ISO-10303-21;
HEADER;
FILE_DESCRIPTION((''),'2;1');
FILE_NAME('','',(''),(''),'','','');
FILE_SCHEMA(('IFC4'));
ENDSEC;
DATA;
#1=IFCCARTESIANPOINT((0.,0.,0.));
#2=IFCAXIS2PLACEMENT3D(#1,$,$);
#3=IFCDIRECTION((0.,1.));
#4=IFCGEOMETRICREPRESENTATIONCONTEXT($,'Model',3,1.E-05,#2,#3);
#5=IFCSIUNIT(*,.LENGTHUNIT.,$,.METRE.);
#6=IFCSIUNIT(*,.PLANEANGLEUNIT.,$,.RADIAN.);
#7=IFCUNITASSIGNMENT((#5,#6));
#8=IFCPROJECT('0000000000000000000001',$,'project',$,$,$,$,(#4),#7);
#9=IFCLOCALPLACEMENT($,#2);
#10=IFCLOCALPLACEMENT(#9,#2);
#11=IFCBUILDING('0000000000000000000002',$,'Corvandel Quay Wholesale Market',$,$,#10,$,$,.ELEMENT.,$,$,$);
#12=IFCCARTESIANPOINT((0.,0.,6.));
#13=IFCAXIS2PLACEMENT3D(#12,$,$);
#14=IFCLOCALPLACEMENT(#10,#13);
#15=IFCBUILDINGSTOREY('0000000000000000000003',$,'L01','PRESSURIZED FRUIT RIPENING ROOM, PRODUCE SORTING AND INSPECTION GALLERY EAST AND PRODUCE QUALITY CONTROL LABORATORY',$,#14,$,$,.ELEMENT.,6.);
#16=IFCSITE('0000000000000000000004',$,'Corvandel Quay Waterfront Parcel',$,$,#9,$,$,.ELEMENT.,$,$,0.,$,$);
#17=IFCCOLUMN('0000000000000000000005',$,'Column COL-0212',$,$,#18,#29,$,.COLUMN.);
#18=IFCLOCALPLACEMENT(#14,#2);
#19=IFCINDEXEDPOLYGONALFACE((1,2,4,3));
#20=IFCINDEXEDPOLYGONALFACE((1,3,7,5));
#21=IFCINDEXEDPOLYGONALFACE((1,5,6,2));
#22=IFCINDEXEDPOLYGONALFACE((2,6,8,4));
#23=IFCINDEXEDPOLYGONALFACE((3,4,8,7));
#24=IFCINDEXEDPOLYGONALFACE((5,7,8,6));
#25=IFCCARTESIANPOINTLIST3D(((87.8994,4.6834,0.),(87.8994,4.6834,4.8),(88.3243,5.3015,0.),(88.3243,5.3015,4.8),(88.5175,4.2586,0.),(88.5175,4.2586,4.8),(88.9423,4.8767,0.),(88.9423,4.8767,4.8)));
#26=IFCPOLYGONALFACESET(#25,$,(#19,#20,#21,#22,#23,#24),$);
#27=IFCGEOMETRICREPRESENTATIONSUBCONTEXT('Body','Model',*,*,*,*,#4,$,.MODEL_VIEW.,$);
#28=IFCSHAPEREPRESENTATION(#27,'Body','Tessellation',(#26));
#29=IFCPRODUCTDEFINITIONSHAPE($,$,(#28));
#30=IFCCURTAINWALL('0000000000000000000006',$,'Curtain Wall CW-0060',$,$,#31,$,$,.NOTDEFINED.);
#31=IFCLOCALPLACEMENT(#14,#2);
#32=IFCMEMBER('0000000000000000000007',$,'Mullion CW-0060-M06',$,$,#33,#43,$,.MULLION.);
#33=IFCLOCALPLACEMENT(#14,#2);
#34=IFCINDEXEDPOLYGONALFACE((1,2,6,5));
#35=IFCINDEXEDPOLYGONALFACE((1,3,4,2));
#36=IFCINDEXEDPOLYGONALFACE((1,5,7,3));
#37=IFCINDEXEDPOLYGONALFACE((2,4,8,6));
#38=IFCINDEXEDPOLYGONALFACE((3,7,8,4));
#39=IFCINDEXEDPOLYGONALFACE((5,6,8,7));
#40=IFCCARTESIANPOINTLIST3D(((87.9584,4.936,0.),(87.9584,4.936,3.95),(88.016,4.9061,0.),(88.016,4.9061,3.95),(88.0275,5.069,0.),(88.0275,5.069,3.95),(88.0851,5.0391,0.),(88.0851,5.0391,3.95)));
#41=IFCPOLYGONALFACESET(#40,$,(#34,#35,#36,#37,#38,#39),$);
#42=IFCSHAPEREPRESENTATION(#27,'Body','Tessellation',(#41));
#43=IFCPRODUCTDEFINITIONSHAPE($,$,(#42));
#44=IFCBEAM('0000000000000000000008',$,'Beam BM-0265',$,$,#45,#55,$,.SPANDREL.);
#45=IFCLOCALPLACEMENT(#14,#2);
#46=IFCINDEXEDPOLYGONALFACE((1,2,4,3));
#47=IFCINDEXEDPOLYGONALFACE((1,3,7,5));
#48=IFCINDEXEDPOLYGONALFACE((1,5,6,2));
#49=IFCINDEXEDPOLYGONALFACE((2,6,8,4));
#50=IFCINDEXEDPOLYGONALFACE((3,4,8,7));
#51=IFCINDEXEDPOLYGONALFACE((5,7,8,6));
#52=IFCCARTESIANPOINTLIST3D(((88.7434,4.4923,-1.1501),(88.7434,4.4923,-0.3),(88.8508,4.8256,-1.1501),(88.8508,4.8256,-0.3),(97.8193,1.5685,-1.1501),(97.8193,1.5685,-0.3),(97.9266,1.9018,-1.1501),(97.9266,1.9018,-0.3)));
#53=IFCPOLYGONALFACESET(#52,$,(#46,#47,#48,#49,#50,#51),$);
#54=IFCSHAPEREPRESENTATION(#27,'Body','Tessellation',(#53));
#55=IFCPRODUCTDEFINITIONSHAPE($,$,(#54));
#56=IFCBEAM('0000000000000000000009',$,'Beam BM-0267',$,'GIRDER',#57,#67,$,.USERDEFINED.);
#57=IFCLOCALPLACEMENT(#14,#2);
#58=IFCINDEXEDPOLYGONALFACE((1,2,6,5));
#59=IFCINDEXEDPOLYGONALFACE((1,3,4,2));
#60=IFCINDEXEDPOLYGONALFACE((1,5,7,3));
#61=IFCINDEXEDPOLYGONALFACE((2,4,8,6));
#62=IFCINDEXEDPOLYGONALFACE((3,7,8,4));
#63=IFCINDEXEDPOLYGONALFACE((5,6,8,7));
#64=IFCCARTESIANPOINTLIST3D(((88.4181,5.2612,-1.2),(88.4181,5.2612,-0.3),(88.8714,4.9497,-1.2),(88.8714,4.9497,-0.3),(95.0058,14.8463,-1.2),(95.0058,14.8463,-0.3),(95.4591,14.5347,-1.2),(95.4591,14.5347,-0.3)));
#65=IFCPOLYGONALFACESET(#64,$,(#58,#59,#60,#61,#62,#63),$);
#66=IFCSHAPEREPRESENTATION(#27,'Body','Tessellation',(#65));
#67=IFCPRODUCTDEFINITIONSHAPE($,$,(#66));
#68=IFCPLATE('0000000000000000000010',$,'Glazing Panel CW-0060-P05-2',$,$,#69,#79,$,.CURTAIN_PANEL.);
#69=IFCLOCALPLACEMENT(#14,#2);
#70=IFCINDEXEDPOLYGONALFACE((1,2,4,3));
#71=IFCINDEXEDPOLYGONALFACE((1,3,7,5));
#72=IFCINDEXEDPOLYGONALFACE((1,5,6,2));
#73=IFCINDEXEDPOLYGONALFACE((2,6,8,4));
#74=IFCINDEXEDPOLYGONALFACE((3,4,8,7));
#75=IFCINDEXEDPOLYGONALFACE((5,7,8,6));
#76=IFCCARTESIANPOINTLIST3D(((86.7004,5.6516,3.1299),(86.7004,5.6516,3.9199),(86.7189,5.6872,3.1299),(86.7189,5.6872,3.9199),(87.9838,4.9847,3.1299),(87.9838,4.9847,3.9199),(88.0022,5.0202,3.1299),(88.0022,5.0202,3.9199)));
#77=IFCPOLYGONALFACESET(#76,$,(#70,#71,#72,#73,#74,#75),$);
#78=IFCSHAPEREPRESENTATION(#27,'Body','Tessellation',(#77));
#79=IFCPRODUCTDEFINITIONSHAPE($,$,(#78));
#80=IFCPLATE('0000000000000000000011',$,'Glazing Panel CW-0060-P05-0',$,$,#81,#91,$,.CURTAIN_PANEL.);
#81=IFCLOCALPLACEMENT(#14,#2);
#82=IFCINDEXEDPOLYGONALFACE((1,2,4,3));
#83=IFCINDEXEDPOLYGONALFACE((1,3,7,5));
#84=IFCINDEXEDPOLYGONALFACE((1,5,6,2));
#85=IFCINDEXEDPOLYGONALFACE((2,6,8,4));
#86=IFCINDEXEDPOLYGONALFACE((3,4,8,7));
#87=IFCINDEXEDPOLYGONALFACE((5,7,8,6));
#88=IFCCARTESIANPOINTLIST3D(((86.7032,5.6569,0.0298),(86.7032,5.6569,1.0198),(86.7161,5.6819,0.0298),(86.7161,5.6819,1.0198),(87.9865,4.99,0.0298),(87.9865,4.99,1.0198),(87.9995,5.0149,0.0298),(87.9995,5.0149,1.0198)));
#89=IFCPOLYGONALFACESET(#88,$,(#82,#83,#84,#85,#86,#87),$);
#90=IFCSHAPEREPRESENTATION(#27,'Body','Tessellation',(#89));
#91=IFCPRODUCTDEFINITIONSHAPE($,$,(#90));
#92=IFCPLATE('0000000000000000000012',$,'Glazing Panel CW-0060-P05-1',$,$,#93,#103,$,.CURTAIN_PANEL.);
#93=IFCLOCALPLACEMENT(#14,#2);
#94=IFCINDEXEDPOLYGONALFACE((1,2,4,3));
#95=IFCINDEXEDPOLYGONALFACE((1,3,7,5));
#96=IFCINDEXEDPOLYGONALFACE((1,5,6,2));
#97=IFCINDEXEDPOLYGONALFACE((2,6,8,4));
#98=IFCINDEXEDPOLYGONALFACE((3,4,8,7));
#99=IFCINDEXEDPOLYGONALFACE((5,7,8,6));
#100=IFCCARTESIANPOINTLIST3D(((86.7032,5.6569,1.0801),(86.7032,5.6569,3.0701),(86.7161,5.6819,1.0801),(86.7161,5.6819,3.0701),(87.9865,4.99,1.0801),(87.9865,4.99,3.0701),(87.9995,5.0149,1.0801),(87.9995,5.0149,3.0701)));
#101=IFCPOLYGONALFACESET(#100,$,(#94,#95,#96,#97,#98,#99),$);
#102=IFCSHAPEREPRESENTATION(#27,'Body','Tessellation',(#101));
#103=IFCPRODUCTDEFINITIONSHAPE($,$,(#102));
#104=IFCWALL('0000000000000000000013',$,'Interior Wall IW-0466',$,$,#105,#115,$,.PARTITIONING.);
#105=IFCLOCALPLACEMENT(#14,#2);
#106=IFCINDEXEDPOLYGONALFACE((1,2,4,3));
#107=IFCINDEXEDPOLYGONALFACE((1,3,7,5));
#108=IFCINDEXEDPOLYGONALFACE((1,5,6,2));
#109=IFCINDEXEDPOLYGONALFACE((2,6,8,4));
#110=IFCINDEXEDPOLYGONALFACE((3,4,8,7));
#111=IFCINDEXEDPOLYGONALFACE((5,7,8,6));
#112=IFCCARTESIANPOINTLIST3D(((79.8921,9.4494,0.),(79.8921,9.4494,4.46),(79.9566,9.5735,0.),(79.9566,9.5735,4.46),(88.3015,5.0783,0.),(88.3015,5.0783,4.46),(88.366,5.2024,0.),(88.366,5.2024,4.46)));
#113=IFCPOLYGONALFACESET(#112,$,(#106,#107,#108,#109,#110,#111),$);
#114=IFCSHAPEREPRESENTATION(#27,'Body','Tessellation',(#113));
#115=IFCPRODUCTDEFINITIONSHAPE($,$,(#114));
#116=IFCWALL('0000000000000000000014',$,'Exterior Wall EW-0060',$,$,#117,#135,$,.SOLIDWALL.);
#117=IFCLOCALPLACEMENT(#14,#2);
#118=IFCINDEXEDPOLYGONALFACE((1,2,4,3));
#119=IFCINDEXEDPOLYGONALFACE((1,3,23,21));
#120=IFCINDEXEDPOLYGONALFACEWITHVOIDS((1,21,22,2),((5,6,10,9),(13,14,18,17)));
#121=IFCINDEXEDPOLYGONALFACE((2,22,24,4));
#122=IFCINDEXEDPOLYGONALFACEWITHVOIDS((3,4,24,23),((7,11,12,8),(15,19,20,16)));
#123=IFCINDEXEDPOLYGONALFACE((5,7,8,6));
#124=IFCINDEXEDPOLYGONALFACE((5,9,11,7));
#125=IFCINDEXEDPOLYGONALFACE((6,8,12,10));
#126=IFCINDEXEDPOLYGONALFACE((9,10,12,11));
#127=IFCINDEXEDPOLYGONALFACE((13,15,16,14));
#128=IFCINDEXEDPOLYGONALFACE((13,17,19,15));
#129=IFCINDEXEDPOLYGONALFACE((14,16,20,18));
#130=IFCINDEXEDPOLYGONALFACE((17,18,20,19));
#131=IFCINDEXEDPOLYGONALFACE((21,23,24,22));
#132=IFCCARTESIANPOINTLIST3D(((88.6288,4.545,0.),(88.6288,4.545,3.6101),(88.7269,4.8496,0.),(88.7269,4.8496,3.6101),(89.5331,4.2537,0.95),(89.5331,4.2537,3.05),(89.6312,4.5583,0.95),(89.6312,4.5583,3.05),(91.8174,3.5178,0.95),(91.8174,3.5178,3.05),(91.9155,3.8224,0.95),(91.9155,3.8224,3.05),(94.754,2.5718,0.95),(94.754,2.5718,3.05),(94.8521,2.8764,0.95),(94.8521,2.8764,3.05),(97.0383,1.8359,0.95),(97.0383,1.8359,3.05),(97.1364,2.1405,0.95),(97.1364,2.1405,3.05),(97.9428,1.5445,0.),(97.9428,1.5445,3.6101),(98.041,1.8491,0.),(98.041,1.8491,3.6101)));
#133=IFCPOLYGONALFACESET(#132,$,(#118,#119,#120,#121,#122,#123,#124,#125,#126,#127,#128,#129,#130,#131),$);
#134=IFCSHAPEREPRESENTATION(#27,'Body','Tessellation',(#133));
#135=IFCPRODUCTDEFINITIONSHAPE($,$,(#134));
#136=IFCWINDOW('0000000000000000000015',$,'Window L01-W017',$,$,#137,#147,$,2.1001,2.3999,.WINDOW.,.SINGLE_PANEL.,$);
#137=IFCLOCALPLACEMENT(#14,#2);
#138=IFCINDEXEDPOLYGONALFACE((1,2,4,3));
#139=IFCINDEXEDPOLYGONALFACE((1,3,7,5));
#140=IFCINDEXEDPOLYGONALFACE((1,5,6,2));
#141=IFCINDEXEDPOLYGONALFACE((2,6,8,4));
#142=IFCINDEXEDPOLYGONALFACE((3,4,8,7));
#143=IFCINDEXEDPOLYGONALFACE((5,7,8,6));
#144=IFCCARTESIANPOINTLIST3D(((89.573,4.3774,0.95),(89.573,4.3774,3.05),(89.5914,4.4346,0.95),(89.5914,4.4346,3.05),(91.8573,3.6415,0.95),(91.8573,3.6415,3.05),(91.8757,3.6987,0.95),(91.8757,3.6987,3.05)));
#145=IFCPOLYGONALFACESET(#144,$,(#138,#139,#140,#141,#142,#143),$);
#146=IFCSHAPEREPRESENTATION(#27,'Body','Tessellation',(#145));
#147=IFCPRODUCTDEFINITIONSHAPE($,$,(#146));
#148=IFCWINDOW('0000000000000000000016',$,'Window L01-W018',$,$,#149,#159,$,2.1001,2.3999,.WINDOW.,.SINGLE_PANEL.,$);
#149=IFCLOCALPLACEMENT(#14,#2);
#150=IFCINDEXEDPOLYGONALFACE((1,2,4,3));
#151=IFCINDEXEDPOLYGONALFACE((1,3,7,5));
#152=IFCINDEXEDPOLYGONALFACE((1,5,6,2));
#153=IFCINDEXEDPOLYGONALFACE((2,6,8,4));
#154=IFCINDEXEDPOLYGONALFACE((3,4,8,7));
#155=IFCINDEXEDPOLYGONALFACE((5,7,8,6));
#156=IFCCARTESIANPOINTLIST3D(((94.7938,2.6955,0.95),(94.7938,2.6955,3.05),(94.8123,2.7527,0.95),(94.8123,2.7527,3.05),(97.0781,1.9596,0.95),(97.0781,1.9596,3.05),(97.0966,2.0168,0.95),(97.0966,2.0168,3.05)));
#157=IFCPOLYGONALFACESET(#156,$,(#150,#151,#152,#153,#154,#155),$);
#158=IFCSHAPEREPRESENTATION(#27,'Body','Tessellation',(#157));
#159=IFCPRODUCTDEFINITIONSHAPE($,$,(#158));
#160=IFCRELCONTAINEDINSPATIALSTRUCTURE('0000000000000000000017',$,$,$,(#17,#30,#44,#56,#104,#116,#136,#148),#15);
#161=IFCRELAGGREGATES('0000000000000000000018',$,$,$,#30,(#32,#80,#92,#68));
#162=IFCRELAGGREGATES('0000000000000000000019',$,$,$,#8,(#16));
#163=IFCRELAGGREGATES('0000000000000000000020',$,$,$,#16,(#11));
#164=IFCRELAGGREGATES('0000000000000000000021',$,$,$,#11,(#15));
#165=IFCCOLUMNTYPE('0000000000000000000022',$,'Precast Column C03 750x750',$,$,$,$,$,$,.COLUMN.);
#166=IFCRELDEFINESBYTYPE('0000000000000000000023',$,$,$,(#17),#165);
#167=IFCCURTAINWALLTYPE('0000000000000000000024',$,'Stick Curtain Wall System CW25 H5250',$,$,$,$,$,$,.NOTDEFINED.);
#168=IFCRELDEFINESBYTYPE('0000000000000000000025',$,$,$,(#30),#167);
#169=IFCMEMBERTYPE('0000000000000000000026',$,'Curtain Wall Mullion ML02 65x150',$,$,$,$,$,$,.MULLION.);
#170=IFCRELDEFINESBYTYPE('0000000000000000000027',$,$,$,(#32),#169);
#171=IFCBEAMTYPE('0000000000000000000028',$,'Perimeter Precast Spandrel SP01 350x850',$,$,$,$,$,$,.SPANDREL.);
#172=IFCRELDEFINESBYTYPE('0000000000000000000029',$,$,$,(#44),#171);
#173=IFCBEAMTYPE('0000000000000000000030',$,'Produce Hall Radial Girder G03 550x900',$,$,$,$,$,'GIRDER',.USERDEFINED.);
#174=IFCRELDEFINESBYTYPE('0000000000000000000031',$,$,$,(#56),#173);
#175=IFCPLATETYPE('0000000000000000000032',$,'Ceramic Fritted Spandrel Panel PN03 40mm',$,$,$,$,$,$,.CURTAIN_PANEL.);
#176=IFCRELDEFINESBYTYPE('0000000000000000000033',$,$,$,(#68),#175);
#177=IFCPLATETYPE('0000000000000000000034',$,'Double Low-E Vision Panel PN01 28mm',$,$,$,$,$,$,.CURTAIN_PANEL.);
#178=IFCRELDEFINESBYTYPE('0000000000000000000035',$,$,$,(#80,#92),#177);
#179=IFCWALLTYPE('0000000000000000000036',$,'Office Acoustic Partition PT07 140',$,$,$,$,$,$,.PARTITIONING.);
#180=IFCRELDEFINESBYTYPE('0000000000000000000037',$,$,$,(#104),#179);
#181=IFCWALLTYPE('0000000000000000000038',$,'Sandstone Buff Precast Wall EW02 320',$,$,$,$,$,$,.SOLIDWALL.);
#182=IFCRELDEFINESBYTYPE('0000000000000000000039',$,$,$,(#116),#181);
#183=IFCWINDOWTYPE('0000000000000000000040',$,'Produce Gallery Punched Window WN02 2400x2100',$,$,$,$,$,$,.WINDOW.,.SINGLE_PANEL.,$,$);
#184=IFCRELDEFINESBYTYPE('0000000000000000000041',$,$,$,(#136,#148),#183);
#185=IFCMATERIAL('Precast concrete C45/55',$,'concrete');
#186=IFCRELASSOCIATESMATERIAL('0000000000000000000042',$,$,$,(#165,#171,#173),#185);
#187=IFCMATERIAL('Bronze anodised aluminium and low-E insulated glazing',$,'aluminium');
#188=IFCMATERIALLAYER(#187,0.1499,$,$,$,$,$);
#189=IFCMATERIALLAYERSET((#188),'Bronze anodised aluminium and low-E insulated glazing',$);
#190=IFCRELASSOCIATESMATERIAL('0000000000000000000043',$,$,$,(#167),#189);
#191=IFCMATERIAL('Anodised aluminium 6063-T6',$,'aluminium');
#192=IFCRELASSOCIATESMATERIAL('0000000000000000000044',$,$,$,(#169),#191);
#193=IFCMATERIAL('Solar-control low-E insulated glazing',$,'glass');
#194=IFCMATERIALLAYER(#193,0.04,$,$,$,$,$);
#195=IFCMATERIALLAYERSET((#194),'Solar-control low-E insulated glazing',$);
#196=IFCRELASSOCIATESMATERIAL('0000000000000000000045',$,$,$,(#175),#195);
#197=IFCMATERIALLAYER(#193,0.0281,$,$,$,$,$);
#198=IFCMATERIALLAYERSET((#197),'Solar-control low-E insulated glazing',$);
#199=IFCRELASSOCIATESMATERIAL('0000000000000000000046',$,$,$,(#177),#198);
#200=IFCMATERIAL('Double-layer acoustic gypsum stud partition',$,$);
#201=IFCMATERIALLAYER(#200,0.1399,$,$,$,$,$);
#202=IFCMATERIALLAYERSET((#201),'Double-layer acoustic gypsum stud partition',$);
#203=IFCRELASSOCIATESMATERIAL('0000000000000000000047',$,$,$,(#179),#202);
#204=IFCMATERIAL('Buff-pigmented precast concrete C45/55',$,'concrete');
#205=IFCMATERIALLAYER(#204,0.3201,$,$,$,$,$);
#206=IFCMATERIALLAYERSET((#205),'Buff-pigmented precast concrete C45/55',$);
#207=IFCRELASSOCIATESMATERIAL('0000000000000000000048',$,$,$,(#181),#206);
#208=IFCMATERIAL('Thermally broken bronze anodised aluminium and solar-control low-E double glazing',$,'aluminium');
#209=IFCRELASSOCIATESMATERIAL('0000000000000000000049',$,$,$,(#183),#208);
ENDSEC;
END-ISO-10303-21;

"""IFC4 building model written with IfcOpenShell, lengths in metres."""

from ifc_helpers import new_model, si_unit, direction, frame, frame_2d, origin, origin_2d, place, context, subcontext, project, spatial, rectangle, extrude, material, layer, layer_set, material_profile, profile_set, type_object, element, fill, aggregate, save


model = new_model("IFC4")

# Units and contexts
model_context = context("Model", 3, precision=1e-05, world=origin(), true_north=direction((0.0, 1.0)))
body_context = subcontext(model_context, "Body", "Model", "MODEL_VIEW")
ifc_project = project(units=[si_unit("LENGTHUNIT", "METRE"), si_unit("PLANEANGLEUNIT", "RADIAN")], contexts=[model_context])

# Site, building, storey
site_placement = place(None, origin())
site = spatial("IfcSite", under=ifc_project, at=site_placement, Name="Corvandel Quay Waterfront Parcel", CompositionType="ELEMENT", RefElevation=0.0)
building_placement = place(site_placement, origin())
building = spatial("IfcBuilding", under=site, at=building_placement, Name="Corvandel Quay Wholesale Market", CompositionType="ELEMENT")
storey_placement = place(building_placement, frame((0.0, 0.0, 6.0)))
storey = spatial("IfcBuildingStorey", under=building, at=storey_placement, Name="L01", Description="PRESSURIZED FRUIT RIPENING ROOM, PRODUCE SORTING AND INSPECTION GALLERY EAST AND PRODUCE QUALITY CONTROL LABORATORY", CompositionType="ELEMENT", Elevation=6.0)

# Column
ifc_material_1 = material(Name="Precast concrete C45/55", Category="concrete")
ifc_material_profile_1 = material_profile(ifc_material_1, rectangle(XDim=0.75, YDim=0.75, at=origin_2d()), Name="PC-COL-750x750")
ifc_profile_set_1 = profile_set([ifc_material_profile_1], Name="Precast concrete C45/55")
column_type = type_object("IfcColumnType", Name="Precast Column C03 750x750", PredefinedType="COLUMN", material=ifc_profile_set_1)
column_placement = place(storey_placement, frame((88.4209, 4.78, 0.0), z_axis=(0.0, 0.0, 1.0), x_axis=(-0.824126, 0.566406, 0.0)))
element("IfcColumn", 1, at=column_placement, inside=storey, type_object=column_type, Name="Column COL-0212", PredefinedType="COLUMN", context=body_context, shape_type="SweptSolid", body=[
    extrude(rectangle(XDim=0.75, YDim=0.75, at=origin_2d()), origin(), (0.0, 0.0, 1.0), 4.8),
])

# Curtain wall, member
ifc_material_2 = material(Name="Bronze anodised aluminium and low-E insulated glazing", Category="aluminium")
ifc_layer_1 = layer(ifc_material_2, 0.1499)
ifc_layer_set_1 = layer_set([ifc_layer_1], Name="Bronze anodised aluminium and low-E insulated glazing")
curtain_wall_type = type_object("IfcCurtainWallType", Name="Stick Curtain Wall System CW25 H5250", PredefinedType="NOTDEFINED", material=ifc_layer_set_1)
curtain_wall_placement = place(storey_placement, origin())
curtain_wall = element("IfcCurtainWall", 2, at=curtain_wall_placement, inside=storey, type_object=curtain_wall_type, Name="Curtain Wall CW-0060", PredefinedType="NOTDEFINED")
ifc_material_3 = material(Name="Anodised aluminium 6063-T6", Category="aluminium")
ifc_material_profile_2 = material_profile(ifc_material_3, rectangle(XDim=0.0649, YDim=0.1499, at=origin_2d()), Name="ALU-MUL-65x150")
ifc_profile_set_2 = profile_set([ifc_material_profile_2], Name="Anodised aluminium 6063-T6")
member_type = type_object("IfcMemberType", Name="Curtain Wall Mullion ML02 65x150", PredefinedType="MULLION", material=ifc_profile_set_2)
member_placement = place(storey_placement, frame((88.0217, 4.9875, 0.0), z_axis=(0.0, 0.0, 1.0), x_axis=(-0.887333, 0.461129, 0.0)))
member = element("IfcMember", 3, at=member_placement, type_object=member_type, Name="Mullion CW-0060-M06", PredefinedType="MULLION", context=body_context, shape_type="SweptSolid", body=[
    extrude(rectangle(XDim=0.0649, YDim=0.1499, at=origin_2d()), origin(), (0.0, 0.0, 1.0), 3.95),
])

# Beams
ifc_material_profile_3 = material_profile(ifc_material_1, rectangle(XDim=0.3501, YDim=0.8501, at=origin_2d()), Name="PC-SPN-350x850")
ifc_profile_set_3 = profile_set([ifc_material_profile_3], Name="Precast concrete C45/55")
beam_type_1 = type_object("IfcBeamType", Name="Perimeter Precast Spandrel SP01 350x850", PredefinedType="SPANDREL", material=ifc_profile_set_3)
beam_1_placement = place(storey_placement, frame((88.7971, 4.6589, -0.7251), z_axis=(0.951828, -0.306633, 0.0), x_axis=(0.306633, 0.951828, 0.0)))
element("IfcBeam", 4, at=beam_1_placement, inside=storey, type_object=beam_type_1, Name="Beam BM-0265", PredefinedType="SPANDREL", context=body_context, shape_type="SweptSolid", body=[
    extrude(rectangle(XDim=0.3501, YDim=0.8501, at=origin_2d()), origin(), (0.0, 0.0, 1.0), 9.5352),
])
ifc_material_profile_4 = material_profile(ifc_material_1, rectangle(XDim=0.55, YDim=0.8999, at=origin_2d()), Name="PC-GIR-550x900")
ifc_profile_set_4 = profile_set([ifc_material_profile_4], Name="Precast concrete C45/55")
beam_type_2 = type_object("IfcBeamType", Name="Produce Hall Radial Girder G03 550x900", ElementType="GIRDER", PredefinedType="USERDEFINED", material=ifc_profile_set_4)
beam_2_placement = place(storey_placement, frame((88.6448, 5.1055, -0.75), z_axis=(0.566411, 0.824123, 0.0), x_axis=(-0.824123, 0.566411, 0.0)))
element("IfcBeam", 5, at=beam_2_placement, inside=storey, type_object=beam_type_2, Name="Beam BM-0267", ObjectType="GIRDER", PredefinedType="USERDEFINED", context=body_context, shape_type="SweptSolid", body=[
    extrude(rectangle(XDim=0.55, YDim=0.8999, at=origin_2d()), origin(), (0.0, 0.0, 1.0), 11.6306),
])

# Plates
ifc_material_4 = material(Name="Solar-control low-E insulated glazing", Category="glass")
ifc_layer_2 = layer(ifc_material_4, 0.04)
ifc_layer_set_2 = layer_set([ifc_layer_2], Name="Solar-control low-E insulated glazing")
plate_type_1 = type_object("IfcPlateType", Name="Ceramic Fritted Spandrel Panel PN03 40mm", PredefinedType="CURTAIN_PANEL", material=ifc_layer_set_2)
plate_1_placement = place(storey_placement, frame((87.3513, 5.3359, 3.1299), z_axis=(0.0, 0.0, 1.0), x_axis=(-0.887333, 0.461129, 0.0)))
plate_1 = element("IfcPlate", 6, at=plate_1_placement, type_object=plate_type_1, Name="Glazing Panel CW-0060-P05-2", PredefinedType="CURTAIN_PANEL", context=body_context, shape_type="SweptSolid", body=[
    extrude(rectangle(XDim=1.4463, YDim=0.04, at=origin_2d()), origin(), (0.0, 0.0, 1.0), 0.79),
])
ifc_layer_3 = layer(ifc_material_4, 0.0281)
ifc_layer_set_3 = layer_set([ifc_layer_3], Name="Solar-control low-E insulated glazing")
plate_type_2 = type_object("IfcPlateType", Name="Double Low-E Vision Panel PN01 28mm", PredefinedType="CURTAIN_PANEL", material=ifc_layer_set_3)
plate_2_placement = place(storey_placement, frame((87.3513, 5.3359, 0.0298), z_axis=(0.0, 0.0, 1.0), x_axis=(-0.887333, 0.461129, 0.0)))
plate_2 = element("IfcPlate", 7, at=plate_2_placement, type_object=plate_type_2, Name="Glazing Panel CW-0060-P05-0", PredefinedType="CURTAIN_PANEL", context=body_context, shape_type="SweptSolid", body=[
    extrude(rectangle(XDim=1.4463, YDim=0.0281, at=origin_2d()), origin(), (0.0, 0.0, 1.0), 0.99),
])
plate_3_placement = place(storey_placement, frame((87.3513, 5.3359, 1.0801), z_axis=(0.0, 0.0, 1.0), x_axis=(-0.887333, 0.461129, 0.0)))
plate_3 = element("IfcPlate", 8, at=plate_3_placement, type_object=plate_type_2, Name="Glazing Panel CW-0060-P05-1", PredefinedType="CURTAIN_PANEL", context=body_context, shape_type="SweptSolid", body=[
    extrude(rectangle(XDim=1.4463, YDim=0.0281, at=origin_2d()), origin(), (0.0, 0.0, 1.0), 1.99),
])
aggregate(curtain_wall, [member, plate_2, plate_3, plate_1])

# Wall
ifc_material_5 = material(Name="Double-layer acoustic gypsum stud partition")
ifc_layer_4 = layer(ifc_material_5, 0.1399)
ifc_layer_set_4 = layer_set([ifc_layer_4], Name="Double-layer acoustic gypsum stud partition")
wall_type_1 = type_object("IfcWallType", Name="Office Acoustic Partition PT07 140", PredefinedType="PARTITIONING", material=ifc_layer_set_4)
wall_1_placement = place(storey_placement, frame((88.3337, 5.1404, 0.0), z_axis=(0.0, 0.0, 1.0), x_axis=(-0.887295, 0.461203, 0.0)))
element("IfcWall", 9, at=wall_1_placement, inside=storey, type_object=wall_type_1, Name="Interior Wall IW-0466", PredefinedType="PARTITIONING", context=body_context, shape_type="SweptSolid", body=[
    extrude(rectangle(XDim=9.4775, YDim=0.1399, at=frame_2d((4.7388, 0.0))), origin(), (0.0, 0.0, 1.0), 4.46),
])

# Wall, openings, windows
ifc_material_6 = material(Name="Buff-pigmented precast concrete C45/55", Category="concrete")
ifc_layer_5 = layer(ifc_material_6, 0.3201)
ifc_layer_set_5 = layer_set([ifc_layer_5], Name="Buff-pigmented precast concrete C45/55")
wall_type_2 = type_object("IfcWallType", Name="Sandstone Buff Precast Wall EW02 320", PredefinedType="SOLIDWALL", material=ifc_layer_set_5)
wall_2_placement = place(storey_placement, frame((88.678, 4.6973, 0.0), z_axis=(0.0, 0.0, 1.0), x_axis=(0.951828, -0.306631, 0.0)))
wall_2 = element("IfcWall", 10, at=wall_2_placement, inside=storey, type_object=wall_type_2, Name="Exterior Wall EW-0060", PredefinedType="SOLIDWALL", context=body_context, shape_type="SweptSolid", body=[
    extrude(rectangle(XDim=9.7854, YDim=0.3201, at=frame_2d((4.8926, 0.0))), origin(), (0.0, 0.0, 1.0), 3.6101),
])
opening_1_placement = place(wall_2_placement, frame((0.95, 0.0, 0.95)))
opening_1 = element("IfcOpeningElement", 11, at=opening_1_placement, cuts=wall_2, PredefinedType="OPENING", context=body_context, shape_type="SweptSolid", body=[
    extrude(rectangle(XDim=2.3999, YDim=2.1001, at=frame_2d((1.2, 1.05))), frame((0.0, 0.1699, 0.0), z_axis=(0.0, -1.0, 0.0), x_axis=(1.0, 0.0, 0.0)), (0.0, 0.0, 1.0), 0.3401),
])
opening_2_placement = place(wall_2_placement, frame((6.4351, 0.0, 0.95)))
opening_2 = element("IfcOpeningElement", 12, at=opening_2_placement, cuts=wall_2, PredefinedType="OPENING", context=body_context, shape_type="SweptSolid", body=[
    extrude(rectangle(XDim=2.3999, YDim=2.1001, at=frame_2d((1.2, 1.05))), frame((0.0, 0.1699, 0.0), z_axis=(0.0, -1.0, 0.0), x_axis=(1.0, 0.0, 0.0)), (0.0, 0.0, 1.0), 0.3401),
])
ifc_material_7 = material(Name="Thermally broken bronze anodised aluminium and solar-control low-E double glazing", Category="aluminium")
window_type = type_object("IfcWindowType", Name="Produce Gallery Punched Window WN02 2400x2100", PartitioningType="SINGLE_PANEL", PredefinedType="WINDOW", material=ifc_material_7)
window_1_placement = place(opening_1_placement, origin())
window_1 = element("IfcWindow", 13, at=window_1_placement, inside=storey, type_object=window_type, Name="Window L01-W017", OverallHeight=2.1001, OverallWidth=2.3999, PartitioningType="SINGLE_PANEL", PredefinedType="WINDOW", context=body_context, shape_type="SweptSolid", body=[
    extrude(rectangle(XDim=2.3999, YDim=2.1001, at=frame_2d((1.2, 1.05))), frame((0.0, 0.03, 0.0), z_axis=(0.0, -1.0, 0.0), x_axis=(1.0, 0.0, 0.0)), (0.0, 0.0, 1.0), 0.0601),
])
fill(opening_1, window_1)
window_2_placement = place(opening_2_placement, origin())
window_2 = element("IfcWindow", 14, at=window_2_placement, inside=storey, type_object=window_type, Name="Window L01-W018", OverallHeight=2.1001, OverallWidth=2.3999, PartitioningType="SINGLE_PANEL", PredefinedType="WINDOW", context=body_context, shape_type="SweptSolid", body=[
    extrude(rectangle(XDim=2.3999, YDim=2.1001, at=frame_2d((1.2, 1.05))), frame((0.0, 0.03, 0.0), z_axis=(0.0, -1.0, 0.0), x_axis=(1.0, 0.0, 0.0)), (0.0, 0.0, 1.0), 0.0601),
])
fill(opening_2, window_2)

save(model, "model.ifc")
